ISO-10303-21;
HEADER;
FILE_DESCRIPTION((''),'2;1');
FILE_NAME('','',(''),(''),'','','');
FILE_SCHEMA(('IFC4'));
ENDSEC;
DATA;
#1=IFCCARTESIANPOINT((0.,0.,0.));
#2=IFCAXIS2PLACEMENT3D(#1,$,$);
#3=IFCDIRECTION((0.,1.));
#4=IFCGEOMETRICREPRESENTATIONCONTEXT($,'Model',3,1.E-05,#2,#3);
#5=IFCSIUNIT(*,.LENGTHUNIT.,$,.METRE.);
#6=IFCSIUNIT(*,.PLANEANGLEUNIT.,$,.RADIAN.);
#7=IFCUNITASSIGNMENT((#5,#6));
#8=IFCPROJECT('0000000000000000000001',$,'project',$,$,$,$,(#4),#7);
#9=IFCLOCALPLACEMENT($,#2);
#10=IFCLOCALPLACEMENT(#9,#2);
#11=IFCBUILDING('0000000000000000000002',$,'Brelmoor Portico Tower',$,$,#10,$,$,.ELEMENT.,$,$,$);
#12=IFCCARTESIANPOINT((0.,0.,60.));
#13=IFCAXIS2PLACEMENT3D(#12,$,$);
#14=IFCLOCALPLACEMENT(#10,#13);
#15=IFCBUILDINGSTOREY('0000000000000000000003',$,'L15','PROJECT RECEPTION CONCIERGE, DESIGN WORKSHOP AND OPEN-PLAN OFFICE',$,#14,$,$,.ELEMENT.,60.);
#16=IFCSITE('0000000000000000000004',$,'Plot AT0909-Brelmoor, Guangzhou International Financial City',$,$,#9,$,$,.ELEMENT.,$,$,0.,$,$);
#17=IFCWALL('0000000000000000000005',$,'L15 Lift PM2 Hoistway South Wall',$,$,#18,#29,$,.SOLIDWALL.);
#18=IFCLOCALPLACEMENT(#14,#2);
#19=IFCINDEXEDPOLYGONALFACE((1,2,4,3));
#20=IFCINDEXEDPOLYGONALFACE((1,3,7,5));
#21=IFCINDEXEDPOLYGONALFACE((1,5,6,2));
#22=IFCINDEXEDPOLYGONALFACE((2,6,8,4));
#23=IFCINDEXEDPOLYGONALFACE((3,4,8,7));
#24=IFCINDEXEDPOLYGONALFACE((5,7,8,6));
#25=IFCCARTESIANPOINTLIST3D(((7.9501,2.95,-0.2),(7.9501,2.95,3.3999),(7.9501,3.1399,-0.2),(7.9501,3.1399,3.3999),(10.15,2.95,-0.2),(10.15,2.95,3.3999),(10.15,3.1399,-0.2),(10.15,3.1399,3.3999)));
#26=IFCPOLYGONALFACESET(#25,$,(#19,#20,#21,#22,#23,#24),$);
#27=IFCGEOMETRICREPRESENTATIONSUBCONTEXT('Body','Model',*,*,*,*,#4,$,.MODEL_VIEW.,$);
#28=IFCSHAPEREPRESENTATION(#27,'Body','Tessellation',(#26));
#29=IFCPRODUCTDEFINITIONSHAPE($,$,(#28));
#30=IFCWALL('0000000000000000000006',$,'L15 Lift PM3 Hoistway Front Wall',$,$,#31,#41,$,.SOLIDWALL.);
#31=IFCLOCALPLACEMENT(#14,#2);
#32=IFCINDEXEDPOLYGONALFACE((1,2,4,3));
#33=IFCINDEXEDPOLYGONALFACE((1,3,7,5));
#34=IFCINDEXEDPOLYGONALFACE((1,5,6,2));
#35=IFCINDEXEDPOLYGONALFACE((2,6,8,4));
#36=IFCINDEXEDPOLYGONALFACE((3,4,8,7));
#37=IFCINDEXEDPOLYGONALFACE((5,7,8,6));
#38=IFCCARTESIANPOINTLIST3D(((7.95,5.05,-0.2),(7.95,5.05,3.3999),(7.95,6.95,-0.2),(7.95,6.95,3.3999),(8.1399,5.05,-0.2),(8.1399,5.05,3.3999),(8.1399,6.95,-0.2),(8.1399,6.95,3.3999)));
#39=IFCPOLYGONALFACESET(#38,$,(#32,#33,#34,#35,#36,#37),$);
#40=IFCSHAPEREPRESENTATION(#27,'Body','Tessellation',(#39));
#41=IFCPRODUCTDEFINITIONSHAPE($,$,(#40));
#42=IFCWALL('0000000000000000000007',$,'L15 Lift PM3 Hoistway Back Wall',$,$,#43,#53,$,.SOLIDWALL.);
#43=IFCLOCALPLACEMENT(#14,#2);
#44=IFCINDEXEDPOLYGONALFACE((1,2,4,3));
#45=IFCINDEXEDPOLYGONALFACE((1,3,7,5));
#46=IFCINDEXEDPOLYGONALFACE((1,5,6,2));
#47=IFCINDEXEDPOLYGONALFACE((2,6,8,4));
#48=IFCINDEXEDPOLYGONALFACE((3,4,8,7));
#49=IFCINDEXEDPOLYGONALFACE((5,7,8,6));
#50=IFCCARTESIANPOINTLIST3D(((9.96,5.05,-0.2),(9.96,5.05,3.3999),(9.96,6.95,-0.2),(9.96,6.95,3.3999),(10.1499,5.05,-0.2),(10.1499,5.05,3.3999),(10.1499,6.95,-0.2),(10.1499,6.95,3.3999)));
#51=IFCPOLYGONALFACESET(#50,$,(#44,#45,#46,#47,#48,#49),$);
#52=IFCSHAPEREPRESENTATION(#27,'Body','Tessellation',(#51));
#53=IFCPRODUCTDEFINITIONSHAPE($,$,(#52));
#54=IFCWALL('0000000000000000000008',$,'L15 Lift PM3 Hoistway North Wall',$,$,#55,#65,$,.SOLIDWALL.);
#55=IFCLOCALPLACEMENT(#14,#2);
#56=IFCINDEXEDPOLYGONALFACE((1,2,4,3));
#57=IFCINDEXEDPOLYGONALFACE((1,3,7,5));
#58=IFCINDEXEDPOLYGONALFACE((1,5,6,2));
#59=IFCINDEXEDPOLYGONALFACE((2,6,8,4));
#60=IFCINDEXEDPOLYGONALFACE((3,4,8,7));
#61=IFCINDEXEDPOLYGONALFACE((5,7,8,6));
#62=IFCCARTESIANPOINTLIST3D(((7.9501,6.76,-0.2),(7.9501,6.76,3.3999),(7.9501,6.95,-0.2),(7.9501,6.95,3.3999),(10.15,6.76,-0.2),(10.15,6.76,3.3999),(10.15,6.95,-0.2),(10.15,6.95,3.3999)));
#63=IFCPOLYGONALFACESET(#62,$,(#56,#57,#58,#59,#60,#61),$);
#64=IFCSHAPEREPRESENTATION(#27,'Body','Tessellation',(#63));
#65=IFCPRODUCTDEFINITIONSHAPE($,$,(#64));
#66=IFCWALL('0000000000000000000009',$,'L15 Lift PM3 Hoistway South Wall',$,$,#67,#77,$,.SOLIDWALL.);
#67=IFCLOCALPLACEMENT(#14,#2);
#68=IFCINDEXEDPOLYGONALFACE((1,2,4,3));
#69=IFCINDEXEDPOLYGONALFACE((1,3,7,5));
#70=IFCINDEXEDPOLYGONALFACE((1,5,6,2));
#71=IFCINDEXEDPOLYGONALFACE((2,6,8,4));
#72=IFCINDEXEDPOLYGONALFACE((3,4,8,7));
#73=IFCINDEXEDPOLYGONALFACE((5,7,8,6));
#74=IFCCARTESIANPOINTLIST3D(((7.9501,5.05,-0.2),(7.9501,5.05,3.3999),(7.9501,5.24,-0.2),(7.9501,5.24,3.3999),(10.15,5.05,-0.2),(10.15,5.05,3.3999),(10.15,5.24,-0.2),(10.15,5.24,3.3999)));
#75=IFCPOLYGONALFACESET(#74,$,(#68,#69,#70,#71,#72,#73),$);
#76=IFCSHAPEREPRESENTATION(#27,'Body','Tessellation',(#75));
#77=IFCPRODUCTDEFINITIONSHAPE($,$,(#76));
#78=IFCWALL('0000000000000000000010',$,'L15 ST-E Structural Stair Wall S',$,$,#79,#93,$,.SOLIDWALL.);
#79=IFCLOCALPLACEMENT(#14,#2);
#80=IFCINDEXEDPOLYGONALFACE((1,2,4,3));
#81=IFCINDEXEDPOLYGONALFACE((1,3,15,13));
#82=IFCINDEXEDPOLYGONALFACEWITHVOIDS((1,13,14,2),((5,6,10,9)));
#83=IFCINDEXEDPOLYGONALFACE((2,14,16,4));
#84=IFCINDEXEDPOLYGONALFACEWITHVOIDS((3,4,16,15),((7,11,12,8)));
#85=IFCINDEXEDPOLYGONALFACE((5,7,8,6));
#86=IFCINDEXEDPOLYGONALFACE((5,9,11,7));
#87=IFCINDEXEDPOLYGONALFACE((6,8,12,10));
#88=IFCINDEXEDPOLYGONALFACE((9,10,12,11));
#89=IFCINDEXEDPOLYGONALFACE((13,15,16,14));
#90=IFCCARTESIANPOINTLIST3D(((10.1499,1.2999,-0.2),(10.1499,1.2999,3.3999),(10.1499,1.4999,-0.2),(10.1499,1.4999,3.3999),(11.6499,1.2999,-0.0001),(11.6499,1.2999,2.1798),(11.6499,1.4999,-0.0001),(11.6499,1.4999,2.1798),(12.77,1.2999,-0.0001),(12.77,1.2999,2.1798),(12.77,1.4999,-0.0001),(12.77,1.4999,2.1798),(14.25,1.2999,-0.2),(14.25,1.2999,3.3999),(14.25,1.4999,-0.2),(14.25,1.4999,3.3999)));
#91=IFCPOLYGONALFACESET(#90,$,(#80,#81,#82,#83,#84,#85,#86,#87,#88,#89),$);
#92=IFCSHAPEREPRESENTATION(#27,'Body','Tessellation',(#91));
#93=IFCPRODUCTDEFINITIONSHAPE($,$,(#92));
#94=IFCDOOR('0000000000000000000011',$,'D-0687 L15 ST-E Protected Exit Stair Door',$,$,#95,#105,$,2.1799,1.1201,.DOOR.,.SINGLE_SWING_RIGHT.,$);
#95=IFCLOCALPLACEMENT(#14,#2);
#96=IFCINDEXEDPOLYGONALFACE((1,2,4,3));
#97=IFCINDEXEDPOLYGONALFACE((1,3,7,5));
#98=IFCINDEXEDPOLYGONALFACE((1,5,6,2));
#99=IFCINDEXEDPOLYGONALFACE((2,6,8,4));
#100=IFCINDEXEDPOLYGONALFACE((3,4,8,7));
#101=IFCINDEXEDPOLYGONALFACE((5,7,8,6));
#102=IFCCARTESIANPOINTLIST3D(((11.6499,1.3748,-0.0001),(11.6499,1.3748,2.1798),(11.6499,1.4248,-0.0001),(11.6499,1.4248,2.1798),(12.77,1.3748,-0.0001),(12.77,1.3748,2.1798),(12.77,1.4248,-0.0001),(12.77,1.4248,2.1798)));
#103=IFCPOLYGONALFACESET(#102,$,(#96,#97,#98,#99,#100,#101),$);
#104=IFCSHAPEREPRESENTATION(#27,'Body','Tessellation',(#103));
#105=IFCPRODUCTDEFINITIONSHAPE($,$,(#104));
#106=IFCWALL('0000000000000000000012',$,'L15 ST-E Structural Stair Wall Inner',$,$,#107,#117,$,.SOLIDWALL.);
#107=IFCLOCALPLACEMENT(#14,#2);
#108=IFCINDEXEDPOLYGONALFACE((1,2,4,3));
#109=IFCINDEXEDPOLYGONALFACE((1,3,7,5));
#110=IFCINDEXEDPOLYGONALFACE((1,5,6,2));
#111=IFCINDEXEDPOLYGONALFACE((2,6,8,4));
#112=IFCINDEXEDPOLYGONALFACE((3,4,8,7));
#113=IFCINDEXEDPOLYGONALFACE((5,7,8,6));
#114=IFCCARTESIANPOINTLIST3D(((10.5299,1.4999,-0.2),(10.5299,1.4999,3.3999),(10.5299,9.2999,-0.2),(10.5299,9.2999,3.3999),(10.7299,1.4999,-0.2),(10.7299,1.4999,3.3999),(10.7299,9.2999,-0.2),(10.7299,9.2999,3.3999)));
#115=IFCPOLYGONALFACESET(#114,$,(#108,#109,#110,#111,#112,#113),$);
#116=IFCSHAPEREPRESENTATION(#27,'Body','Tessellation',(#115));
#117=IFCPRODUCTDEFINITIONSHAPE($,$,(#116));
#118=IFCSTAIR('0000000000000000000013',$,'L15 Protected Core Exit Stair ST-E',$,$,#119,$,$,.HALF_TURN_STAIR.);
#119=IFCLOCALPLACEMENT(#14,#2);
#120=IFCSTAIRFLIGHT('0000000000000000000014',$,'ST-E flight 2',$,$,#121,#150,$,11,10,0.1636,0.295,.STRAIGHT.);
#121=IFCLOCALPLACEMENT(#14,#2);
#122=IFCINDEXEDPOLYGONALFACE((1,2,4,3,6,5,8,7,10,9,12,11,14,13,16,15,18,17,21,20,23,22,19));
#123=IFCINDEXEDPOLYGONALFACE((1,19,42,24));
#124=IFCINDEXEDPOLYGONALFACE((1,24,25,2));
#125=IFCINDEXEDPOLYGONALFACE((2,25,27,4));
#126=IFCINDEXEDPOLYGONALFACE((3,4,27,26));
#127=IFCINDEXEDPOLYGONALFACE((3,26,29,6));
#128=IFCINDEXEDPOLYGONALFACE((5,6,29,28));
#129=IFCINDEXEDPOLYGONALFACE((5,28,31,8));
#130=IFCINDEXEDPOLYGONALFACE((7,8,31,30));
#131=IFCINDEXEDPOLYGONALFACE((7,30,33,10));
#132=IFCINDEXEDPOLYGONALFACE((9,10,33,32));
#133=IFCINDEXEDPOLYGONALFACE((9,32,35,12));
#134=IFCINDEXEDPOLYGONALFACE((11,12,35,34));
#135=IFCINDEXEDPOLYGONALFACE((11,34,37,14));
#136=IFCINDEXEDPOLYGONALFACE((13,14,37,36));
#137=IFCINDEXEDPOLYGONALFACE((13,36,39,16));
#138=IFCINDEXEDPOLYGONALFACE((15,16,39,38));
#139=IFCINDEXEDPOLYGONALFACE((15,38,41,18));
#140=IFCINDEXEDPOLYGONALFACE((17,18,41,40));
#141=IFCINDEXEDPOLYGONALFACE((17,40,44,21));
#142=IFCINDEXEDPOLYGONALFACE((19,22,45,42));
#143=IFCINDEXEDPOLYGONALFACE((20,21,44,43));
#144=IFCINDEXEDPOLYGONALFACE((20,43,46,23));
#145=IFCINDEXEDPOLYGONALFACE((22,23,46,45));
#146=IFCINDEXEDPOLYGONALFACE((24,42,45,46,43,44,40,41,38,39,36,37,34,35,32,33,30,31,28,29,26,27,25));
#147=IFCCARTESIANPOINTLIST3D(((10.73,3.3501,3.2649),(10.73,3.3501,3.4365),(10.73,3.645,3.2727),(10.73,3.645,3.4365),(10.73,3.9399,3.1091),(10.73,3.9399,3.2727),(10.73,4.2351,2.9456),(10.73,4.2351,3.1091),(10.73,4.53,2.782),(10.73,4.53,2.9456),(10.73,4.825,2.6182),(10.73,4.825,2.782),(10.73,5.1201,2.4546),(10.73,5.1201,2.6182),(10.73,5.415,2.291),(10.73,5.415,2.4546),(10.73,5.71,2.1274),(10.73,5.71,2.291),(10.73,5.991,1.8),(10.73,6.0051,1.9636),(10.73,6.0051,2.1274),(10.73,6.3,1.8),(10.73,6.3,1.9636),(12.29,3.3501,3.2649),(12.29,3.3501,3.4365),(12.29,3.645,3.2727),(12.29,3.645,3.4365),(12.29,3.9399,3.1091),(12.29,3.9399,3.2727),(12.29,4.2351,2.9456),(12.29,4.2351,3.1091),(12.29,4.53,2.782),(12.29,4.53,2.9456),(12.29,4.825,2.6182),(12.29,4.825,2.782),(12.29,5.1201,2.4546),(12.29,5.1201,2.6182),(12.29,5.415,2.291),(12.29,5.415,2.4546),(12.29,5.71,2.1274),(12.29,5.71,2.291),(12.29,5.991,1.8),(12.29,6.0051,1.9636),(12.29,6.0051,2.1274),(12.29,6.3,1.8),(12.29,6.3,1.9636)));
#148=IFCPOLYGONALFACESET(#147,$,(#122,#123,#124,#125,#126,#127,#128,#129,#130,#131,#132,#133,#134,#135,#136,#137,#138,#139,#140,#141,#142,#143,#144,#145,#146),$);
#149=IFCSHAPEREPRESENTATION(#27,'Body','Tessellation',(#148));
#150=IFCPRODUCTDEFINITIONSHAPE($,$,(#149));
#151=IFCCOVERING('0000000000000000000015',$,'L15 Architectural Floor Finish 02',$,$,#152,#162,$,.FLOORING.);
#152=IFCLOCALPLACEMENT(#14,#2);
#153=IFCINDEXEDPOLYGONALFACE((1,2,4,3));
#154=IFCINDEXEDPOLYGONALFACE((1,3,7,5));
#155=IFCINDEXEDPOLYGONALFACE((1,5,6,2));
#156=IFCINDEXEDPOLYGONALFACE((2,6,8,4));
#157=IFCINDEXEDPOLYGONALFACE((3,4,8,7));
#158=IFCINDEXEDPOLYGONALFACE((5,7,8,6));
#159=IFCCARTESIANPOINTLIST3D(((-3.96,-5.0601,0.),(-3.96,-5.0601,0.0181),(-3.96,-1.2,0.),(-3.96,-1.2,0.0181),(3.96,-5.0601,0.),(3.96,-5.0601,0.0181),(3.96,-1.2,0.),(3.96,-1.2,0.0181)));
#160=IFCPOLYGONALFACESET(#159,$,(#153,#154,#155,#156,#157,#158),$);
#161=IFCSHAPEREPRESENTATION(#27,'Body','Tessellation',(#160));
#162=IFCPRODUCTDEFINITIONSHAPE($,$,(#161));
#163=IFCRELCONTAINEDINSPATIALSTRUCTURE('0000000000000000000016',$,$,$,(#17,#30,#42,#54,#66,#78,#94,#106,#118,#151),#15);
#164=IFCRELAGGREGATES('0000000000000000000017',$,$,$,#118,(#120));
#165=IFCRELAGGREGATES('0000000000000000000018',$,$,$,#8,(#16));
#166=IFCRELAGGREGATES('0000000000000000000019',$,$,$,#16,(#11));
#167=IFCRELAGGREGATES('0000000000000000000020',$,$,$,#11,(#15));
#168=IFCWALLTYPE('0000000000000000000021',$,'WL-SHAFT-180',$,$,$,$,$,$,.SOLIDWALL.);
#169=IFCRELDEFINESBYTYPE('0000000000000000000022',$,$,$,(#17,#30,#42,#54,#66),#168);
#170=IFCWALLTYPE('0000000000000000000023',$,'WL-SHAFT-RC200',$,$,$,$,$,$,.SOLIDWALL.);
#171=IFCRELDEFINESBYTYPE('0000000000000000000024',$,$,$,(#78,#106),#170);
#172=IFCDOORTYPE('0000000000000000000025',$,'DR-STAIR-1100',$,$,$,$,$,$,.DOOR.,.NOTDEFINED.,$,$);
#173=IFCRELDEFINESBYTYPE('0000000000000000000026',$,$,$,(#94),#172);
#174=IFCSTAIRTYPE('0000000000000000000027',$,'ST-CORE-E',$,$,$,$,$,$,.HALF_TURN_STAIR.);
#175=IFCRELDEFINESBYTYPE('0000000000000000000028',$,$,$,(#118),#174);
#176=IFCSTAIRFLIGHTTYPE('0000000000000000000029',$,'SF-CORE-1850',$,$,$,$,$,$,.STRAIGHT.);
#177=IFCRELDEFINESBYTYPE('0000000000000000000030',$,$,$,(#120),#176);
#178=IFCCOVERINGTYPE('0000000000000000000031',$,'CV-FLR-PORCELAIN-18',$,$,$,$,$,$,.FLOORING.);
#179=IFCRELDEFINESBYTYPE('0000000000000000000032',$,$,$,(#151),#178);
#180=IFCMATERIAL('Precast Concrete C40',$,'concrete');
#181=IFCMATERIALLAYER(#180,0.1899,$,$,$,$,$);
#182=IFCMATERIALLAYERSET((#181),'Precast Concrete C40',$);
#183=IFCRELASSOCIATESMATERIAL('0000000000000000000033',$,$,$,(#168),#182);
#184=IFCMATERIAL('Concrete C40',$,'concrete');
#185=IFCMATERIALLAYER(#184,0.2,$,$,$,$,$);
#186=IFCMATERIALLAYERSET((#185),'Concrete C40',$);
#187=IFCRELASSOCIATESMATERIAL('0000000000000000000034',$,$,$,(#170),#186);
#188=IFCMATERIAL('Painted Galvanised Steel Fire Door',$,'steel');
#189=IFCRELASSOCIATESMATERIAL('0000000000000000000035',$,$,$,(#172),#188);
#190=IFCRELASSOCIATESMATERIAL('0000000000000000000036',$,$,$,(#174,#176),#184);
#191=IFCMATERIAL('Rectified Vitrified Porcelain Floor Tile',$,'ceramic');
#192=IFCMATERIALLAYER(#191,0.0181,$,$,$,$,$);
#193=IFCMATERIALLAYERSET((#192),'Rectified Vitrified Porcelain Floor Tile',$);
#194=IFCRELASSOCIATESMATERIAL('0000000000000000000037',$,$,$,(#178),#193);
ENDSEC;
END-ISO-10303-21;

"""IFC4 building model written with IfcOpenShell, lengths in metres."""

from ifc_helpers import new_model, si_unit, direction, frame, frame_2d, origin, place, context, subcontext, project, spatial, polyline, rectangle, outline, extrude, material, layer, layer_set, type_object, element, fill, aggregate, save


model = new_model("IFC4")

# Units and contexts
model_context = context("Model", 3, precision=1e-05, world=origin(), true_north=direction((0.0, 1.0)))
body_context = subcontext(model_context, "Body", "Model", "MODEL_VIEW")
ifc_project = project(units=[si_unit("LENGTHUNIT", "METRE"), si_unit("PLANEANGLEUNIT", "RADIAN")], contexts=[model_context])

# Site, building, storey
site_placement = place(None, origin())
site = spatial("IfcSite", under=ifc_project, at=site_placement, Name="Plot AT0909-Brelmoor, Guangzhou International Financial City", CompositionType="ELEMENT", RefElevation=0.0)
building_placement = place(site_placement, origin())
building = spatial("IfcBuilding", under=site, at=building_placement, Name="Brelmoor Portico Tower", CompositionType="ELEMENT")
storey_placement = place(building_placement, frame((0.0, 0.0, 60.0)))
storey = spatial("IfcBuildingStorey", under=building, at=storey_placement, Name="L15", Description="PROJECT RECEPTION CONCIERGE, DESIGN WORKSHOP AND OPEN-PLAN OFFICE", CompositionType="ELEMENT", Elevation=60.0)

# Walls
ifc_material_1 = material(Name="Precast Concrete C40", Category="concrete")
ifc_layer_1 = layer(ifc_material_1, 0.1899)
ifc_layer_set_1 = layer_set([ifc_layer_1], Name="Precast Concrete C40")
wall_type_1 = type_object("IfcWallType", Name="WL-SHAFT-180", PredefinedType="SOLIDWALL", material=ifc_layer_set_1)
for number, where, z_axis, x_axis, name in (
    (1, (7.95, 3.0449, -0.2), (0.0, 0.0, 1.0), (1.0, 0.0, 0.0), "L15 Lift PM2 Hoistway South Wall"),
):
    element("IfcWall", number, at=place(storey_placement, frame(where, z_axis=z_axis, x_axis=x_axis)), inside=storey, type_object=wall_type_1, Name=name, PredefinedType="SOLIDWALL", context=body_context, shape_type="SweptSolid", body=[
        extrude(rectangle(XDim=2.2, YDim=0.1899, at=frame_2d((1.1001, 0.0))), origin(), (0.0, 0.0, 1.0), 3.5999),
    ])
for number, where, z_axis, x_axis, name in (
    (2, (8.0449, 5.05, -0.2), (0.0, 0.0, 1.0), (0.0, 1.0, 0.0), "L15 Lift PM3 Hoistway Front Wall"),
    (3, (10.0549, 5.05, -0.2), (0.0, 0.0, 1.0), (0.0, 1.0, 0.0), "L15 Lift PM3 Hoistway Back Wall"),
):
    element("IfcWall", number, at=place(storey_placement, frame(where, z_axis=z_axis, x_axis=x_axis)), inside=storey, type_object=wall_type_1, Name=name, PredefinedType="SOLIDWALL", context=body_context, shape_type="SweptSolid", body=[
        extrude(rectangle(XDim=1.8999, YDim=0.1899, at=frame_2d((0.95, 0.0))), origin(), (0.0, 0.0, 1.0), 3.5999),
    ])
for number, where, z_axis, x_axis, name in (
    (4, (7.95, 6.855, -0.2), (0.0, 0.0, 1.0), (1.0, 0.0, 0.0), "L15 Lift PM3 Hoistway North Wall"),
    (5, (7.95, 5.145, -0.2), (0.0, 0.0, 1.0), (1.0, 0.0, 0.0), "L15 Lift PM3 Hoistway South Wall"),
):
    element("IfcWall", number, at=place(storey_placement, frame(where, z_axis=z_axis, x_axis=x_axis)), inside=storey, type_object=wall_type_1, Name=name, PredefinedType="SOLIDWALL", context=body_context, shape_type="SweptSolid", body=[
        extrude(rectangle(XDim=2.2, YDim=0.1899, at=frame_2d((1.1001, 0.0))), origin(), (0.0, 0.0, 1.0), 3.5999),
    ])

# Wall, opening, door
ifc_material_2 = material(Name="Concrete C40", Category="concrete")
ifc_layer_2 = layer(ifc_material_2, 0.2)
ifc_layer_set_2 = layer_set([ifc_layer_2], Name="Concrete C40")
wall_type_2 = type_object("IfcWallType", Name="WL-SHAFT-RC200", PredefinedType="SOLIDWALL", material=ifc_layer_set_2)
wall_1_placement = place(storey_placement, frame((10.1499, 1.3999, -0.2), z_axis=(0.0, 0.0, 1.0), x_axis=(1.0, 0.0, 0.0)))
wall_1 = element("IfcWall", 6, at=wall_1_placement, inside=storey, type_object=wall_type_2, Name="L15 ST-E Structural Stair Wall S", PredefinedType="SOLIDWALL", context=body_context, shape_type="SweptSolid", body=[
    extrude(rectangle(XDim=4.1001, YDim=0.2, at=frame_2d((2.05, 0.0))), origin(), (0.0, 0.0, 1.0), 3.5999),
])
opening_1_placement = place(wall_1_placement, frame((1.5, 0.0, 0.2)))
opening_1 = element("IfcOpeningElement", 7, at=opening_1_placement, cuts=wall_1, PredefinedType="OPENING", context=body_context, shape_type="SweptSolid", body=[
    extrude(rectangle(XDim=1.1201, YDim=2.1799, at=frame_2d((0.5601, 1.0898))), frame((0.0, 0.1099, 0.0), z_axis=(0.0, -1.0, 0.0), x_axis=(1.0, 0.0, 0.0)), (0.0, 0.0, 1.0), 0.22),
])
ifc_material_3 = material(Name="Painted Galvanised Steel Fire Door", Category="steel")
door_type_1 = type_object("IfcDoorType", Name="DR-STAIR-1100", OperationType="NOTDEFINED", PredefinedType="DOOR", material=ifc_material_3)
door_1_placement = place(opening_1_placement, origin())
door_1 = element("IfcDoor", 8, at=door_1_placement, inside=storey, type_object=door_type_1, Name="D-0687 L15 ST-E Protected Exit Stair Door", OperationType="SINGLE_SWING_RIGHT", OverallHeight=2.1799, OverallWidth=1.1201, PredefinedType="DOOR", context=body_context, shape_type="SweptSolid", body=[
    extrude(rectangle(XDim=1.1201, YDim=2.1799, at=frame_2d((0.5601, 1.0898))), frame((0.0, 0.0249, 0.0), z_axis=(0.0, -1.0, 0.0), x_axis=(1.0, 0.0, 0.0)), (0.0, 0.0, 1.0), 0.05),
])
fill(opening_1, door_1)

# Wall
wall_2_placement = place(storey_placement, frame((10.6299, 1.5, -0.2), z_axis=(0.0, 0.0, 1.0), x_axis=(0.0, 1.0, 0.0)))
element("IfcWall", 9, at=wall_2_placement, inside=storey, type_object=wall_type_2, Name="L15 ST-E Structural Stair Wall Inner", PredefinedType="SOLIDWALL", context=body_context, shape_type="SweptSolid", body=[
    extrude(rectangle(XDim=7.8, YDim=0.2, at=frame_2d((3.8999, 0.0))), origin(), (0.0, 0.0, 1.0), 3.5999),
])

# Stair, stair flight
stair_type = type_object("IfcStairType", Name="ST-CORE-E", PredefinedType="HALF_TURN_STAIR", material=ifc_material_2)
stair_placement = place(storey_placement, origin())
stair = element("IfcStair", 10, at=stair_placement, inside=storey, type_object=stair_type, Name="L15 Protected Core Exit Stair ST-E", PredefinedType="HALF_TURN_STAIR")
stair_flight_type = type_object("IfcStairFlightType", Name="SF-CORE-1850", PredefinedType="STRAIGHT", material=ifc_material_2)
stair_flight_placement = place(storey_placement, frame((11.51, 6.3, 1.8), z_axis=(0.0, 0.0, 1.0), x_axis=(0.0, -1.0, 0.0)))
stair_flight = element("IfcStairFlight", 11, at=stair_flight_placement, type_object=stair_flight_type, Name="ST-E flight 2", NumberOfRisers=11, NumberOfTreads=10, PredefinedType="STRAIGHT", RiserHeight=0.1636, TreadLength=0.295, context=body_context, shape_type="SweptSolid", body=[
    extrude(outline(polyline([(0.0, 0.0), (0.0, 0.1636), (0.2949, 0.1636), (0.2949, 0.3274), (0.5901, 0.3274), (0.5901, 0.491), (0.885, 0.491), (0.885, 0.6545), (1.1799, 0.6545), (1.1799, 0.8181), (1.4751, 0.8181), (1.4751, 0.9819), (1.77, 0.9819), (1.77, 1.1455), (2.0649, 1.1455), (2.0649, 1.3091), (2.3601, 1.3091), (2.3601, 1.4727), (2.655, 1.4727), (2.655, 1.6365), (2.95, 1.6365), (2.95, 1.8), (2.95, 1.4648), (0.3091, 0.0), (0.0, 0.0)])), frame((0.0, 0.78, 0.0), z_axis=(0.0, -1.0, 0.0), x_axis=(1.0, 0.0, 0.0)), (0.0, 0.0, 1.0), 1.5601),
])
aggregate(stair, [stair_flight])

# Covering
ifc_material_4 = material(Name="Rectified Vitrified Porcelain Floor Tile", Category="ceramic")
ifc_layer_3 = layer(ifc_material_4, 0.0181)
ifc_layer_set_3 = layer_set([ifc_layer_3], Name="Rectified Vitrified Porcelain Floor Tile")
covering_type = type_object("IfcCoveringType", Name="CV-FLR-PORCELAIN-18", PredefinedType="FLOORING", material=ifc_layer_set_3)
covering_placement = place(storey_placement, origin())
element("IfcCovering", 12, at=covering_placement, inside=storey, type_object=covering_type, Name="L15 Architectural Floor Finish 02", PredefinedType="FLOORING", context=body_context, shape_type="SweptSolid", body=[
    extrude(outline(polyline([(-3.96, -5.0601), (-3.96, -1.2), (3.96, -1.2), (3.96, -5.0601), (-3.96, -5.0601)])), origin(), (0.0, 0.0, 1.0), 0.0181),
])

save(model, "model.ifc")
